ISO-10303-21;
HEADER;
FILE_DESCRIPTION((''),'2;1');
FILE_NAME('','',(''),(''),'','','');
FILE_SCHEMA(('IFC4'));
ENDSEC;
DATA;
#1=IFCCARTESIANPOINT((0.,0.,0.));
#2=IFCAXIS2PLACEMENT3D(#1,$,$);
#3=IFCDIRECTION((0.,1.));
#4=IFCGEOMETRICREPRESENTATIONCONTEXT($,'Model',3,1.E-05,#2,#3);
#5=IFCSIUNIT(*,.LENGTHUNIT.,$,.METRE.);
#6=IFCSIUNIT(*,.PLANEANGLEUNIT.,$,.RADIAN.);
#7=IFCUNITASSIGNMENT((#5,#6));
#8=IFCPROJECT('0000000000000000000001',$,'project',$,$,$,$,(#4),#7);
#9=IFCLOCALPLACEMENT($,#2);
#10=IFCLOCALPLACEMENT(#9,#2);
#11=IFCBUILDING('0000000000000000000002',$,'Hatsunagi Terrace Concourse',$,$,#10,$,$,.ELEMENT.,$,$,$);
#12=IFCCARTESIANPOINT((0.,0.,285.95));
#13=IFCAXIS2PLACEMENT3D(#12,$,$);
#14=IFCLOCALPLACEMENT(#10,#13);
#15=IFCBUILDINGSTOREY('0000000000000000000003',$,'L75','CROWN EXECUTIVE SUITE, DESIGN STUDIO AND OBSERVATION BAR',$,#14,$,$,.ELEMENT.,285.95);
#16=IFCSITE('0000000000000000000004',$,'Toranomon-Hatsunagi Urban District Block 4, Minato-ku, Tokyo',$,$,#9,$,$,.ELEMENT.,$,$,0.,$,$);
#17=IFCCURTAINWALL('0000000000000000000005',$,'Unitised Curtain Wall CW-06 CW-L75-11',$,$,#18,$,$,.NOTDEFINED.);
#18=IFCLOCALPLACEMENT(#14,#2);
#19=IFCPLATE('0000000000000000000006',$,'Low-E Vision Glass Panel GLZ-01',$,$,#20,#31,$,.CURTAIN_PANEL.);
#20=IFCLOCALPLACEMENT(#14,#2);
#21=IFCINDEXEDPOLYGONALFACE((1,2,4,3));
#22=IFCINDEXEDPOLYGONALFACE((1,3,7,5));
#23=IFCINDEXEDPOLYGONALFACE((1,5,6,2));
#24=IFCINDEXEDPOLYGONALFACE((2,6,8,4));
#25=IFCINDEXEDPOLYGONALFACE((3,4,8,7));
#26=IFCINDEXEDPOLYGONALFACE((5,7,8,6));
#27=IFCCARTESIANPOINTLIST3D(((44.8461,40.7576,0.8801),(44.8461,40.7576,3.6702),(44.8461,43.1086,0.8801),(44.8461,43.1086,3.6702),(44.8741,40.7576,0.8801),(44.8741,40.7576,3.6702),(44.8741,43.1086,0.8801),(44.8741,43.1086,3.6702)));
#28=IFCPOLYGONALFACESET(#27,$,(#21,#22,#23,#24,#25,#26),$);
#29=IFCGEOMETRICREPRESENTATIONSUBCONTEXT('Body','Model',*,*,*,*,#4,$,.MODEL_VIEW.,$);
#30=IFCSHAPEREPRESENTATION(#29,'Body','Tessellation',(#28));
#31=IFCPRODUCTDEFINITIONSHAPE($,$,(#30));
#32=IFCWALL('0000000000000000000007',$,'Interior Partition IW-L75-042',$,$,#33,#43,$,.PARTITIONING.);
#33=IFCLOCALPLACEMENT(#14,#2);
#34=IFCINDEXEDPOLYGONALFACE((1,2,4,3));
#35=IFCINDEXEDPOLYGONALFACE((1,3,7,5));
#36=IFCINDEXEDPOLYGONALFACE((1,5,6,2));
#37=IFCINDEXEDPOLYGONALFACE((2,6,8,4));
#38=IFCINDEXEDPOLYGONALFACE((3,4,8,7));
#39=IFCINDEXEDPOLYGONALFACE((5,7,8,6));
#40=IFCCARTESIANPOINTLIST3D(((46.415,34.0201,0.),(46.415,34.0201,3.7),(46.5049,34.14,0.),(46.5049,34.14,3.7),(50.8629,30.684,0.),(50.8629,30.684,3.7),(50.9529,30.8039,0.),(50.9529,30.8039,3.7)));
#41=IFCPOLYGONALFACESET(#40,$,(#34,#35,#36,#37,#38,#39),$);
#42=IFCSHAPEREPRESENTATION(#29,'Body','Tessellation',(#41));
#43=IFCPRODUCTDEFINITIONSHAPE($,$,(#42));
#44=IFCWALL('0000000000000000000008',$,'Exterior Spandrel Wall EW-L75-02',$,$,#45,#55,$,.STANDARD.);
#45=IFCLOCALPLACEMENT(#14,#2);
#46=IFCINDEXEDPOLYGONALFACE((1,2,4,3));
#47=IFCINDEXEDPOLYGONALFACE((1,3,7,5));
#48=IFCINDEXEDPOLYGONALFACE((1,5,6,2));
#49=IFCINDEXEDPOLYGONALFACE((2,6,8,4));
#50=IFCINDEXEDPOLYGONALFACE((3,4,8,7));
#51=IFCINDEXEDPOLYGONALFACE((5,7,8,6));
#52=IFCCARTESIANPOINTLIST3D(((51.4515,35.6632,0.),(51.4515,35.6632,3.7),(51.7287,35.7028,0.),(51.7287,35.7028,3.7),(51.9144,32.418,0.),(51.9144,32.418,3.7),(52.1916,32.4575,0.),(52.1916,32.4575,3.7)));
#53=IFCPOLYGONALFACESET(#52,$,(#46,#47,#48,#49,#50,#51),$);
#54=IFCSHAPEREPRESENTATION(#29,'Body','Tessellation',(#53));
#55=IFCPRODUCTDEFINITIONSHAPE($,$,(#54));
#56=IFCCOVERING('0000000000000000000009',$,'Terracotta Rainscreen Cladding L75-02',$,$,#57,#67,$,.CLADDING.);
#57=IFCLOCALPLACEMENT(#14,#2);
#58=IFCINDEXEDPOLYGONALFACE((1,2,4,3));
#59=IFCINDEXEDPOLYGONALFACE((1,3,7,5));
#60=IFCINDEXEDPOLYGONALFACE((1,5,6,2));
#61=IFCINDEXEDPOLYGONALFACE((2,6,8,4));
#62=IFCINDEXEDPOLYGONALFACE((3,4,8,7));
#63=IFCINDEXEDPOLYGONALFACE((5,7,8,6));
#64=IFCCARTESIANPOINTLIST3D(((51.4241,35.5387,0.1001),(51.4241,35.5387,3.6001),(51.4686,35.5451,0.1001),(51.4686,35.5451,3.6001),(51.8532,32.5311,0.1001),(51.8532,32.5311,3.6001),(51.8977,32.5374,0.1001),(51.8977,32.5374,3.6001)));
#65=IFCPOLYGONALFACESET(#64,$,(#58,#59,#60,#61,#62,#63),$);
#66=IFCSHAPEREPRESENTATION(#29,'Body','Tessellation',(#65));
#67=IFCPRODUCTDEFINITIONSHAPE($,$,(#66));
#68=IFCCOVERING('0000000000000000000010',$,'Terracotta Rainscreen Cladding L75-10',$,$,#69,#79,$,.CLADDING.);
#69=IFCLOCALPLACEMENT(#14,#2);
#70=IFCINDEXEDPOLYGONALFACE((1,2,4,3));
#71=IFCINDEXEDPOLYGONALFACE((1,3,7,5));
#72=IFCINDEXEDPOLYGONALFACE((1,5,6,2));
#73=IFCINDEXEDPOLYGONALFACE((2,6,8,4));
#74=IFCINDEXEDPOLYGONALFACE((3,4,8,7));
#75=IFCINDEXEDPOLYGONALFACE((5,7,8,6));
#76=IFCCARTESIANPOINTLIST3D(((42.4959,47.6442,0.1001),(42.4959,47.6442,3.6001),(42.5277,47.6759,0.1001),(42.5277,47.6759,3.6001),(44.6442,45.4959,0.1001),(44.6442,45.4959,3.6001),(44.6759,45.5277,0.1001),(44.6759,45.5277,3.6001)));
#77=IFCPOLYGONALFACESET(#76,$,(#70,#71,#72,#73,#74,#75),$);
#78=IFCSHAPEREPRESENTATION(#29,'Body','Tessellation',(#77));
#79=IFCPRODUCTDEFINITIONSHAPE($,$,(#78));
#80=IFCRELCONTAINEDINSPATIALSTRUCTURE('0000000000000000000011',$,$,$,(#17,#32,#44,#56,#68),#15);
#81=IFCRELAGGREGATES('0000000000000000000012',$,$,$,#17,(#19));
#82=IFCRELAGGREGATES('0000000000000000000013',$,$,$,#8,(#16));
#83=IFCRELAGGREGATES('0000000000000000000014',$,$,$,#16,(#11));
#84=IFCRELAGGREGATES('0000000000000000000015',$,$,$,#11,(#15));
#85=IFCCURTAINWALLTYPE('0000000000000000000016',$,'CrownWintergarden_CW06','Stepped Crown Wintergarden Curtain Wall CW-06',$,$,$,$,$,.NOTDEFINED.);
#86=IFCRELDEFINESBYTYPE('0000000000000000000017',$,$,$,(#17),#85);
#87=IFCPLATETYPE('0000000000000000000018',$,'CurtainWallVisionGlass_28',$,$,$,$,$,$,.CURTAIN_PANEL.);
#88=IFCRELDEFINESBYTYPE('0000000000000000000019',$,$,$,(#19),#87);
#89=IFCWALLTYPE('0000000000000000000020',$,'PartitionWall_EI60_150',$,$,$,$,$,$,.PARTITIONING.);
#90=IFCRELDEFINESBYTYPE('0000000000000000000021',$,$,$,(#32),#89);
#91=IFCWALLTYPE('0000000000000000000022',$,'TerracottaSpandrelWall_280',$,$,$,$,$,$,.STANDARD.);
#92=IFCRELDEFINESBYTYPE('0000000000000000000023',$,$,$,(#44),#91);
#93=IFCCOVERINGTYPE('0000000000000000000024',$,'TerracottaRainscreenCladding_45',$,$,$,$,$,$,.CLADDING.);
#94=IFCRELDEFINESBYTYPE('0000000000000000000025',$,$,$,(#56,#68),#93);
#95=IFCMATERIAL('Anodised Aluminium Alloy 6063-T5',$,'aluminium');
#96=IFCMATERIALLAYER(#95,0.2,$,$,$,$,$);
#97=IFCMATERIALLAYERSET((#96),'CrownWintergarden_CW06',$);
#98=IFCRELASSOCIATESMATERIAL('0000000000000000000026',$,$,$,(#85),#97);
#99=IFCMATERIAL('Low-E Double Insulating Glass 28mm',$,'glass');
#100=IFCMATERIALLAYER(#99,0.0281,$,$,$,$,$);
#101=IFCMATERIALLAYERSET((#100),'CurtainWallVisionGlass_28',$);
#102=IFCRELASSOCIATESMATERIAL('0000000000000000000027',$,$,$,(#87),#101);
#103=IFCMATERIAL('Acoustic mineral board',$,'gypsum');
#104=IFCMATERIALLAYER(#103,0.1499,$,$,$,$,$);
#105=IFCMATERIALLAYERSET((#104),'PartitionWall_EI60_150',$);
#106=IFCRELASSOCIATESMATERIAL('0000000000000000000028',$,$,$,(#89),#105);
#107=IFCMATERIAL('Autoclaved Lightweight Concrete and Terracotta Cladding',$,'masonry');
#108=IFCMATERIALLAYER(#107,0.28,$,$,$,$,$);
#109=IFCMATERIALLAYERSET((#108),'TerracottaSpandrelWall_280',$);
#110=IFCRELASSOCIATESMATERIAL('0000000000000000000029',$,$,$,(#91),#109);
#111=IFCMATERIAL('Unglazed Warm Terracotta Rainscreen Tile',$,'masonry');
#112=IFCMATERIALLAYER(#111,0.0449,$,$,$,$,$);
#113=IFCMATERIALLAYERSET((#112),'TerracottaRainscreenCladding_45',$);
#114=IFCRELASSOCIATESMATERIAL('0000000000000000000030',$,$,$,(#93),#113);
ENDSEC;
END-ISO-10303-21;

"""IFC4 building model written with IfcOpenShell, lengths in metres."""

from ifc_helpers import new_model, si_unit, direction, frame, frame_2d, origin, origin_2d, place, context, subcontext, project, spatial, rectangle, extrude, material, layer, layer_set, type_object, element, aggregate, save


model = new_model("IFC4")

# Units and contexts
model_context = context("Model", 3, precision=1e-05, world=origin(), true_north=direction((0.0, 1.0)))
body_context = subcontext(model_context, "Body", "Model", "MODEL_VIEW")
ifc_project = project(units=[si_unit("LENGTHUNIT", "METRE"), si_unit("PLANEANGLEUNIT", "RADIAN")], contexts=[model_context])

# Site, building, storey
site_placement = place(None, origin())
site = spatial("IfcSite", under=ifc_project, at=site_placement, Name="Toranomon-Hatsunagi Urban District Block 4, Minato-ku, Tokyo", CompositionType="ELEMENT", RefElevation=0.0)
building_placement = place(site_placement, origin())
building = spatial("IfcBuilding", under=site, at=building_placement, Name="Hatsunagi Terrace Concourse", CompositionType="ELEMENT")
storey_placement = place(building_placement, frame((0.0, 0.0, 285.95)))
storey = spatial("IfcBuildingStorey", under=building, at=storey_placement, Name="L75", Description="CROWN EXECUTIVE SUITE, DESIGN STUDIO AND OBSERVATION BAR", CompositionType="ELEMENT", Elevation=285.95)

# Curtain wall
ifc_material_1 = material(Name="Anodised Aluminium Alloy 6063-T5", Category="aluminium")
ifc_layer_1 = layer(ifc_material_1, 0.2)
ifc_layer_set_1 = layer_set([ifc_layer_1], Name="CrownWintergarden_CW06")
curtain_wall_type = type_object("IfcCurtainWallType", Name="CrownWintergarden_CW06", Description="Stepped Crown Wintergarden Curtain Wall CW-06", PredefinedType="NOTDEFINED", material=ifc_layer_set_1)
curtain_wall_1_placement = place(storey_placement, origin())
curtain_wall_1 = element("IfcCurtainWall", 1, at=curtain_wall_1_placement, inside=storey, type_object=curtain_wall_type, Name="Unitised Curtain Wall CW-06 CW-L75-11", PredefinedType="NOTDEFINED")

# Plate
ifc_material_2 = material(Name="Low-E Double Insulating Glass 28mm", Category="glass")
ifc_layer_2 = layer(ifc_material_2, 0.0281)
ifc_layer_set_2 = layer_set([ifc_layer_2], Name="CurtainWallVisionGlass_28")
plate_type_1 = type_object("IfcPlateType", Name="CurtainWallVisionGlass_28", PredefinedType="CURTAIN_PANEL", material=ifc_layer_set_2)
plate_1_placement = place(storey_placement, frame((44.8601, 41.9331, 0.8801), z_axis=(0.0, 0.0, 1.0), x_axis=(0.0, -1.0, 0.0)))
plate_1 = element("IfcPlate", 2, at=plate_1_placement, type_object=plate_type_1, Name="Low-E Vision Glass Panel GLZ-01", PredefinedType="CURTAIN_PANEL", context=body_context, shape_type="SweptSolid", body=[
    extrude(rectangle(XDim=2.3511, YDim=0.0281, at=origin_2d()), origin(), (0.0, 0.0, 1.0), 2.79),
])
aggregate(curtain_wall_1, [plate_1])

# Walls
ifc_material_3 = material(Name="Acoustic mineral board", Category="gypsum")
ifc_layer_3 = layer(ifc_material_3, 0.1499)
ifc_layer_set_3 = layer_set([ifc_layer_3], Name="PartitionWall_EI60_150")
wall_type_1 = type_object("IfcWallType", Name="PartitionWall_EI60_150", PredefinedType="PARTITIONING", material=ifc_layer_set_3)
wall_1_placement = place(storey_placement, frame((46.46, 34.0801, 0.0), z_axis=(0.0, 0.0, 1.0), x_axis=(0.799984, -0.600021, 0.0)))
element("IfcWall", 3, at=wall_1_placement, inside=storey, type_object=wall_type_1, Name="Interior Partition IW-L75-042", PredefinedType="PARTITIONING", context=body_context, shape_type="SweptSolid", body=[
    extrude(rectangle(XDim=5.5601, YDim=0.1499, at=frame_2d((2.78, 0.0))), origin(), (0.0, 0.0, 1.0), 3.7),
])
ifc_material_4 = material(Name="Autoclaved Lightweight Concrete and Terracotta Cladding", Category="masonry")
ifc_layer_4 = layer(ifc_material_4, 0.28)
ifc_layer_set_4 = layer_set([ifc_layer_4], Name="TerracottaSpandrelWall_280")
wall_type_2 = type_object("IfcWallType", Name="TerracottaSpandrelWall_280", PredefinedType="STANDARD", material=ifc_layer_set_4)
wall_2_placement = place(storey_placement, frame((51.5901, 35.6831, 0.0), z_axis=(0.0, 0.0, 1.0), x_axis=(0.141213, -0.989979, 0.0)))
element("IfcWall", 4, at=wall_2_placement, inside=storey, type_object=wall_type_2, Name="Exterior Spandrel Wall EW-L75-02", PredefinedType="STANDARD", context=body_context, shape_type="SweptSolid", body=[
    extrude(rectangle(XDim=3.2781, YDim=0.28, at=frame_2d((1.6392, 0.0))), origin(), (0.0, 0.0, 1.0), 3.7),
])

# Coverings
ifc_material_5 = material(Name="Unglazed Warm Terracotta Rainscreen Tile", Category="masonry")
ifc_layer_5 = layer(ifc_material_5, 0.0449)
ifc_layer_set_5 = layer_set([ifc_layer_5], Name="TerracottaRainscreenCladding_45")
covering_type = type_object("IfcCoveringType", Name="TerracottaRainscreenCladding_45", PredefinedType="CLADDING", material=ifc_layer_set_5)
for number, where, z_axis, x_axis, name in (
    (5, (51.6609, 34.0381, 0.1001), (0.0, 0.0, 1.0), (0.14125, -0.989974, 0.0), "Terracotta Rainscreen Cladding L75-02"),
    (6, (43.5859, 46.5859, 0.1001), (0.0, 0.0, 1.0), (0.707107, -0.707107, 0.0), "Terracotta Rainscreen Cladding L75-10"),
):
    element("IfcCovering", number, at=place(storey_placement, frame(where, z_axis=z_axis, x_axis=x_axis)), inside=storey, type_object=covering_type, Name=name, PredefinedType="CLADDING", context=body_context, shape_type="SweptSolid", body=[
        extrude(rectangle(XDim=3.0381, YDim=0.0449, at=origin_2d()), origin(), (0.0, 0.0, 1.0), 3.5),
    ])

save(model, "model.ifc")
